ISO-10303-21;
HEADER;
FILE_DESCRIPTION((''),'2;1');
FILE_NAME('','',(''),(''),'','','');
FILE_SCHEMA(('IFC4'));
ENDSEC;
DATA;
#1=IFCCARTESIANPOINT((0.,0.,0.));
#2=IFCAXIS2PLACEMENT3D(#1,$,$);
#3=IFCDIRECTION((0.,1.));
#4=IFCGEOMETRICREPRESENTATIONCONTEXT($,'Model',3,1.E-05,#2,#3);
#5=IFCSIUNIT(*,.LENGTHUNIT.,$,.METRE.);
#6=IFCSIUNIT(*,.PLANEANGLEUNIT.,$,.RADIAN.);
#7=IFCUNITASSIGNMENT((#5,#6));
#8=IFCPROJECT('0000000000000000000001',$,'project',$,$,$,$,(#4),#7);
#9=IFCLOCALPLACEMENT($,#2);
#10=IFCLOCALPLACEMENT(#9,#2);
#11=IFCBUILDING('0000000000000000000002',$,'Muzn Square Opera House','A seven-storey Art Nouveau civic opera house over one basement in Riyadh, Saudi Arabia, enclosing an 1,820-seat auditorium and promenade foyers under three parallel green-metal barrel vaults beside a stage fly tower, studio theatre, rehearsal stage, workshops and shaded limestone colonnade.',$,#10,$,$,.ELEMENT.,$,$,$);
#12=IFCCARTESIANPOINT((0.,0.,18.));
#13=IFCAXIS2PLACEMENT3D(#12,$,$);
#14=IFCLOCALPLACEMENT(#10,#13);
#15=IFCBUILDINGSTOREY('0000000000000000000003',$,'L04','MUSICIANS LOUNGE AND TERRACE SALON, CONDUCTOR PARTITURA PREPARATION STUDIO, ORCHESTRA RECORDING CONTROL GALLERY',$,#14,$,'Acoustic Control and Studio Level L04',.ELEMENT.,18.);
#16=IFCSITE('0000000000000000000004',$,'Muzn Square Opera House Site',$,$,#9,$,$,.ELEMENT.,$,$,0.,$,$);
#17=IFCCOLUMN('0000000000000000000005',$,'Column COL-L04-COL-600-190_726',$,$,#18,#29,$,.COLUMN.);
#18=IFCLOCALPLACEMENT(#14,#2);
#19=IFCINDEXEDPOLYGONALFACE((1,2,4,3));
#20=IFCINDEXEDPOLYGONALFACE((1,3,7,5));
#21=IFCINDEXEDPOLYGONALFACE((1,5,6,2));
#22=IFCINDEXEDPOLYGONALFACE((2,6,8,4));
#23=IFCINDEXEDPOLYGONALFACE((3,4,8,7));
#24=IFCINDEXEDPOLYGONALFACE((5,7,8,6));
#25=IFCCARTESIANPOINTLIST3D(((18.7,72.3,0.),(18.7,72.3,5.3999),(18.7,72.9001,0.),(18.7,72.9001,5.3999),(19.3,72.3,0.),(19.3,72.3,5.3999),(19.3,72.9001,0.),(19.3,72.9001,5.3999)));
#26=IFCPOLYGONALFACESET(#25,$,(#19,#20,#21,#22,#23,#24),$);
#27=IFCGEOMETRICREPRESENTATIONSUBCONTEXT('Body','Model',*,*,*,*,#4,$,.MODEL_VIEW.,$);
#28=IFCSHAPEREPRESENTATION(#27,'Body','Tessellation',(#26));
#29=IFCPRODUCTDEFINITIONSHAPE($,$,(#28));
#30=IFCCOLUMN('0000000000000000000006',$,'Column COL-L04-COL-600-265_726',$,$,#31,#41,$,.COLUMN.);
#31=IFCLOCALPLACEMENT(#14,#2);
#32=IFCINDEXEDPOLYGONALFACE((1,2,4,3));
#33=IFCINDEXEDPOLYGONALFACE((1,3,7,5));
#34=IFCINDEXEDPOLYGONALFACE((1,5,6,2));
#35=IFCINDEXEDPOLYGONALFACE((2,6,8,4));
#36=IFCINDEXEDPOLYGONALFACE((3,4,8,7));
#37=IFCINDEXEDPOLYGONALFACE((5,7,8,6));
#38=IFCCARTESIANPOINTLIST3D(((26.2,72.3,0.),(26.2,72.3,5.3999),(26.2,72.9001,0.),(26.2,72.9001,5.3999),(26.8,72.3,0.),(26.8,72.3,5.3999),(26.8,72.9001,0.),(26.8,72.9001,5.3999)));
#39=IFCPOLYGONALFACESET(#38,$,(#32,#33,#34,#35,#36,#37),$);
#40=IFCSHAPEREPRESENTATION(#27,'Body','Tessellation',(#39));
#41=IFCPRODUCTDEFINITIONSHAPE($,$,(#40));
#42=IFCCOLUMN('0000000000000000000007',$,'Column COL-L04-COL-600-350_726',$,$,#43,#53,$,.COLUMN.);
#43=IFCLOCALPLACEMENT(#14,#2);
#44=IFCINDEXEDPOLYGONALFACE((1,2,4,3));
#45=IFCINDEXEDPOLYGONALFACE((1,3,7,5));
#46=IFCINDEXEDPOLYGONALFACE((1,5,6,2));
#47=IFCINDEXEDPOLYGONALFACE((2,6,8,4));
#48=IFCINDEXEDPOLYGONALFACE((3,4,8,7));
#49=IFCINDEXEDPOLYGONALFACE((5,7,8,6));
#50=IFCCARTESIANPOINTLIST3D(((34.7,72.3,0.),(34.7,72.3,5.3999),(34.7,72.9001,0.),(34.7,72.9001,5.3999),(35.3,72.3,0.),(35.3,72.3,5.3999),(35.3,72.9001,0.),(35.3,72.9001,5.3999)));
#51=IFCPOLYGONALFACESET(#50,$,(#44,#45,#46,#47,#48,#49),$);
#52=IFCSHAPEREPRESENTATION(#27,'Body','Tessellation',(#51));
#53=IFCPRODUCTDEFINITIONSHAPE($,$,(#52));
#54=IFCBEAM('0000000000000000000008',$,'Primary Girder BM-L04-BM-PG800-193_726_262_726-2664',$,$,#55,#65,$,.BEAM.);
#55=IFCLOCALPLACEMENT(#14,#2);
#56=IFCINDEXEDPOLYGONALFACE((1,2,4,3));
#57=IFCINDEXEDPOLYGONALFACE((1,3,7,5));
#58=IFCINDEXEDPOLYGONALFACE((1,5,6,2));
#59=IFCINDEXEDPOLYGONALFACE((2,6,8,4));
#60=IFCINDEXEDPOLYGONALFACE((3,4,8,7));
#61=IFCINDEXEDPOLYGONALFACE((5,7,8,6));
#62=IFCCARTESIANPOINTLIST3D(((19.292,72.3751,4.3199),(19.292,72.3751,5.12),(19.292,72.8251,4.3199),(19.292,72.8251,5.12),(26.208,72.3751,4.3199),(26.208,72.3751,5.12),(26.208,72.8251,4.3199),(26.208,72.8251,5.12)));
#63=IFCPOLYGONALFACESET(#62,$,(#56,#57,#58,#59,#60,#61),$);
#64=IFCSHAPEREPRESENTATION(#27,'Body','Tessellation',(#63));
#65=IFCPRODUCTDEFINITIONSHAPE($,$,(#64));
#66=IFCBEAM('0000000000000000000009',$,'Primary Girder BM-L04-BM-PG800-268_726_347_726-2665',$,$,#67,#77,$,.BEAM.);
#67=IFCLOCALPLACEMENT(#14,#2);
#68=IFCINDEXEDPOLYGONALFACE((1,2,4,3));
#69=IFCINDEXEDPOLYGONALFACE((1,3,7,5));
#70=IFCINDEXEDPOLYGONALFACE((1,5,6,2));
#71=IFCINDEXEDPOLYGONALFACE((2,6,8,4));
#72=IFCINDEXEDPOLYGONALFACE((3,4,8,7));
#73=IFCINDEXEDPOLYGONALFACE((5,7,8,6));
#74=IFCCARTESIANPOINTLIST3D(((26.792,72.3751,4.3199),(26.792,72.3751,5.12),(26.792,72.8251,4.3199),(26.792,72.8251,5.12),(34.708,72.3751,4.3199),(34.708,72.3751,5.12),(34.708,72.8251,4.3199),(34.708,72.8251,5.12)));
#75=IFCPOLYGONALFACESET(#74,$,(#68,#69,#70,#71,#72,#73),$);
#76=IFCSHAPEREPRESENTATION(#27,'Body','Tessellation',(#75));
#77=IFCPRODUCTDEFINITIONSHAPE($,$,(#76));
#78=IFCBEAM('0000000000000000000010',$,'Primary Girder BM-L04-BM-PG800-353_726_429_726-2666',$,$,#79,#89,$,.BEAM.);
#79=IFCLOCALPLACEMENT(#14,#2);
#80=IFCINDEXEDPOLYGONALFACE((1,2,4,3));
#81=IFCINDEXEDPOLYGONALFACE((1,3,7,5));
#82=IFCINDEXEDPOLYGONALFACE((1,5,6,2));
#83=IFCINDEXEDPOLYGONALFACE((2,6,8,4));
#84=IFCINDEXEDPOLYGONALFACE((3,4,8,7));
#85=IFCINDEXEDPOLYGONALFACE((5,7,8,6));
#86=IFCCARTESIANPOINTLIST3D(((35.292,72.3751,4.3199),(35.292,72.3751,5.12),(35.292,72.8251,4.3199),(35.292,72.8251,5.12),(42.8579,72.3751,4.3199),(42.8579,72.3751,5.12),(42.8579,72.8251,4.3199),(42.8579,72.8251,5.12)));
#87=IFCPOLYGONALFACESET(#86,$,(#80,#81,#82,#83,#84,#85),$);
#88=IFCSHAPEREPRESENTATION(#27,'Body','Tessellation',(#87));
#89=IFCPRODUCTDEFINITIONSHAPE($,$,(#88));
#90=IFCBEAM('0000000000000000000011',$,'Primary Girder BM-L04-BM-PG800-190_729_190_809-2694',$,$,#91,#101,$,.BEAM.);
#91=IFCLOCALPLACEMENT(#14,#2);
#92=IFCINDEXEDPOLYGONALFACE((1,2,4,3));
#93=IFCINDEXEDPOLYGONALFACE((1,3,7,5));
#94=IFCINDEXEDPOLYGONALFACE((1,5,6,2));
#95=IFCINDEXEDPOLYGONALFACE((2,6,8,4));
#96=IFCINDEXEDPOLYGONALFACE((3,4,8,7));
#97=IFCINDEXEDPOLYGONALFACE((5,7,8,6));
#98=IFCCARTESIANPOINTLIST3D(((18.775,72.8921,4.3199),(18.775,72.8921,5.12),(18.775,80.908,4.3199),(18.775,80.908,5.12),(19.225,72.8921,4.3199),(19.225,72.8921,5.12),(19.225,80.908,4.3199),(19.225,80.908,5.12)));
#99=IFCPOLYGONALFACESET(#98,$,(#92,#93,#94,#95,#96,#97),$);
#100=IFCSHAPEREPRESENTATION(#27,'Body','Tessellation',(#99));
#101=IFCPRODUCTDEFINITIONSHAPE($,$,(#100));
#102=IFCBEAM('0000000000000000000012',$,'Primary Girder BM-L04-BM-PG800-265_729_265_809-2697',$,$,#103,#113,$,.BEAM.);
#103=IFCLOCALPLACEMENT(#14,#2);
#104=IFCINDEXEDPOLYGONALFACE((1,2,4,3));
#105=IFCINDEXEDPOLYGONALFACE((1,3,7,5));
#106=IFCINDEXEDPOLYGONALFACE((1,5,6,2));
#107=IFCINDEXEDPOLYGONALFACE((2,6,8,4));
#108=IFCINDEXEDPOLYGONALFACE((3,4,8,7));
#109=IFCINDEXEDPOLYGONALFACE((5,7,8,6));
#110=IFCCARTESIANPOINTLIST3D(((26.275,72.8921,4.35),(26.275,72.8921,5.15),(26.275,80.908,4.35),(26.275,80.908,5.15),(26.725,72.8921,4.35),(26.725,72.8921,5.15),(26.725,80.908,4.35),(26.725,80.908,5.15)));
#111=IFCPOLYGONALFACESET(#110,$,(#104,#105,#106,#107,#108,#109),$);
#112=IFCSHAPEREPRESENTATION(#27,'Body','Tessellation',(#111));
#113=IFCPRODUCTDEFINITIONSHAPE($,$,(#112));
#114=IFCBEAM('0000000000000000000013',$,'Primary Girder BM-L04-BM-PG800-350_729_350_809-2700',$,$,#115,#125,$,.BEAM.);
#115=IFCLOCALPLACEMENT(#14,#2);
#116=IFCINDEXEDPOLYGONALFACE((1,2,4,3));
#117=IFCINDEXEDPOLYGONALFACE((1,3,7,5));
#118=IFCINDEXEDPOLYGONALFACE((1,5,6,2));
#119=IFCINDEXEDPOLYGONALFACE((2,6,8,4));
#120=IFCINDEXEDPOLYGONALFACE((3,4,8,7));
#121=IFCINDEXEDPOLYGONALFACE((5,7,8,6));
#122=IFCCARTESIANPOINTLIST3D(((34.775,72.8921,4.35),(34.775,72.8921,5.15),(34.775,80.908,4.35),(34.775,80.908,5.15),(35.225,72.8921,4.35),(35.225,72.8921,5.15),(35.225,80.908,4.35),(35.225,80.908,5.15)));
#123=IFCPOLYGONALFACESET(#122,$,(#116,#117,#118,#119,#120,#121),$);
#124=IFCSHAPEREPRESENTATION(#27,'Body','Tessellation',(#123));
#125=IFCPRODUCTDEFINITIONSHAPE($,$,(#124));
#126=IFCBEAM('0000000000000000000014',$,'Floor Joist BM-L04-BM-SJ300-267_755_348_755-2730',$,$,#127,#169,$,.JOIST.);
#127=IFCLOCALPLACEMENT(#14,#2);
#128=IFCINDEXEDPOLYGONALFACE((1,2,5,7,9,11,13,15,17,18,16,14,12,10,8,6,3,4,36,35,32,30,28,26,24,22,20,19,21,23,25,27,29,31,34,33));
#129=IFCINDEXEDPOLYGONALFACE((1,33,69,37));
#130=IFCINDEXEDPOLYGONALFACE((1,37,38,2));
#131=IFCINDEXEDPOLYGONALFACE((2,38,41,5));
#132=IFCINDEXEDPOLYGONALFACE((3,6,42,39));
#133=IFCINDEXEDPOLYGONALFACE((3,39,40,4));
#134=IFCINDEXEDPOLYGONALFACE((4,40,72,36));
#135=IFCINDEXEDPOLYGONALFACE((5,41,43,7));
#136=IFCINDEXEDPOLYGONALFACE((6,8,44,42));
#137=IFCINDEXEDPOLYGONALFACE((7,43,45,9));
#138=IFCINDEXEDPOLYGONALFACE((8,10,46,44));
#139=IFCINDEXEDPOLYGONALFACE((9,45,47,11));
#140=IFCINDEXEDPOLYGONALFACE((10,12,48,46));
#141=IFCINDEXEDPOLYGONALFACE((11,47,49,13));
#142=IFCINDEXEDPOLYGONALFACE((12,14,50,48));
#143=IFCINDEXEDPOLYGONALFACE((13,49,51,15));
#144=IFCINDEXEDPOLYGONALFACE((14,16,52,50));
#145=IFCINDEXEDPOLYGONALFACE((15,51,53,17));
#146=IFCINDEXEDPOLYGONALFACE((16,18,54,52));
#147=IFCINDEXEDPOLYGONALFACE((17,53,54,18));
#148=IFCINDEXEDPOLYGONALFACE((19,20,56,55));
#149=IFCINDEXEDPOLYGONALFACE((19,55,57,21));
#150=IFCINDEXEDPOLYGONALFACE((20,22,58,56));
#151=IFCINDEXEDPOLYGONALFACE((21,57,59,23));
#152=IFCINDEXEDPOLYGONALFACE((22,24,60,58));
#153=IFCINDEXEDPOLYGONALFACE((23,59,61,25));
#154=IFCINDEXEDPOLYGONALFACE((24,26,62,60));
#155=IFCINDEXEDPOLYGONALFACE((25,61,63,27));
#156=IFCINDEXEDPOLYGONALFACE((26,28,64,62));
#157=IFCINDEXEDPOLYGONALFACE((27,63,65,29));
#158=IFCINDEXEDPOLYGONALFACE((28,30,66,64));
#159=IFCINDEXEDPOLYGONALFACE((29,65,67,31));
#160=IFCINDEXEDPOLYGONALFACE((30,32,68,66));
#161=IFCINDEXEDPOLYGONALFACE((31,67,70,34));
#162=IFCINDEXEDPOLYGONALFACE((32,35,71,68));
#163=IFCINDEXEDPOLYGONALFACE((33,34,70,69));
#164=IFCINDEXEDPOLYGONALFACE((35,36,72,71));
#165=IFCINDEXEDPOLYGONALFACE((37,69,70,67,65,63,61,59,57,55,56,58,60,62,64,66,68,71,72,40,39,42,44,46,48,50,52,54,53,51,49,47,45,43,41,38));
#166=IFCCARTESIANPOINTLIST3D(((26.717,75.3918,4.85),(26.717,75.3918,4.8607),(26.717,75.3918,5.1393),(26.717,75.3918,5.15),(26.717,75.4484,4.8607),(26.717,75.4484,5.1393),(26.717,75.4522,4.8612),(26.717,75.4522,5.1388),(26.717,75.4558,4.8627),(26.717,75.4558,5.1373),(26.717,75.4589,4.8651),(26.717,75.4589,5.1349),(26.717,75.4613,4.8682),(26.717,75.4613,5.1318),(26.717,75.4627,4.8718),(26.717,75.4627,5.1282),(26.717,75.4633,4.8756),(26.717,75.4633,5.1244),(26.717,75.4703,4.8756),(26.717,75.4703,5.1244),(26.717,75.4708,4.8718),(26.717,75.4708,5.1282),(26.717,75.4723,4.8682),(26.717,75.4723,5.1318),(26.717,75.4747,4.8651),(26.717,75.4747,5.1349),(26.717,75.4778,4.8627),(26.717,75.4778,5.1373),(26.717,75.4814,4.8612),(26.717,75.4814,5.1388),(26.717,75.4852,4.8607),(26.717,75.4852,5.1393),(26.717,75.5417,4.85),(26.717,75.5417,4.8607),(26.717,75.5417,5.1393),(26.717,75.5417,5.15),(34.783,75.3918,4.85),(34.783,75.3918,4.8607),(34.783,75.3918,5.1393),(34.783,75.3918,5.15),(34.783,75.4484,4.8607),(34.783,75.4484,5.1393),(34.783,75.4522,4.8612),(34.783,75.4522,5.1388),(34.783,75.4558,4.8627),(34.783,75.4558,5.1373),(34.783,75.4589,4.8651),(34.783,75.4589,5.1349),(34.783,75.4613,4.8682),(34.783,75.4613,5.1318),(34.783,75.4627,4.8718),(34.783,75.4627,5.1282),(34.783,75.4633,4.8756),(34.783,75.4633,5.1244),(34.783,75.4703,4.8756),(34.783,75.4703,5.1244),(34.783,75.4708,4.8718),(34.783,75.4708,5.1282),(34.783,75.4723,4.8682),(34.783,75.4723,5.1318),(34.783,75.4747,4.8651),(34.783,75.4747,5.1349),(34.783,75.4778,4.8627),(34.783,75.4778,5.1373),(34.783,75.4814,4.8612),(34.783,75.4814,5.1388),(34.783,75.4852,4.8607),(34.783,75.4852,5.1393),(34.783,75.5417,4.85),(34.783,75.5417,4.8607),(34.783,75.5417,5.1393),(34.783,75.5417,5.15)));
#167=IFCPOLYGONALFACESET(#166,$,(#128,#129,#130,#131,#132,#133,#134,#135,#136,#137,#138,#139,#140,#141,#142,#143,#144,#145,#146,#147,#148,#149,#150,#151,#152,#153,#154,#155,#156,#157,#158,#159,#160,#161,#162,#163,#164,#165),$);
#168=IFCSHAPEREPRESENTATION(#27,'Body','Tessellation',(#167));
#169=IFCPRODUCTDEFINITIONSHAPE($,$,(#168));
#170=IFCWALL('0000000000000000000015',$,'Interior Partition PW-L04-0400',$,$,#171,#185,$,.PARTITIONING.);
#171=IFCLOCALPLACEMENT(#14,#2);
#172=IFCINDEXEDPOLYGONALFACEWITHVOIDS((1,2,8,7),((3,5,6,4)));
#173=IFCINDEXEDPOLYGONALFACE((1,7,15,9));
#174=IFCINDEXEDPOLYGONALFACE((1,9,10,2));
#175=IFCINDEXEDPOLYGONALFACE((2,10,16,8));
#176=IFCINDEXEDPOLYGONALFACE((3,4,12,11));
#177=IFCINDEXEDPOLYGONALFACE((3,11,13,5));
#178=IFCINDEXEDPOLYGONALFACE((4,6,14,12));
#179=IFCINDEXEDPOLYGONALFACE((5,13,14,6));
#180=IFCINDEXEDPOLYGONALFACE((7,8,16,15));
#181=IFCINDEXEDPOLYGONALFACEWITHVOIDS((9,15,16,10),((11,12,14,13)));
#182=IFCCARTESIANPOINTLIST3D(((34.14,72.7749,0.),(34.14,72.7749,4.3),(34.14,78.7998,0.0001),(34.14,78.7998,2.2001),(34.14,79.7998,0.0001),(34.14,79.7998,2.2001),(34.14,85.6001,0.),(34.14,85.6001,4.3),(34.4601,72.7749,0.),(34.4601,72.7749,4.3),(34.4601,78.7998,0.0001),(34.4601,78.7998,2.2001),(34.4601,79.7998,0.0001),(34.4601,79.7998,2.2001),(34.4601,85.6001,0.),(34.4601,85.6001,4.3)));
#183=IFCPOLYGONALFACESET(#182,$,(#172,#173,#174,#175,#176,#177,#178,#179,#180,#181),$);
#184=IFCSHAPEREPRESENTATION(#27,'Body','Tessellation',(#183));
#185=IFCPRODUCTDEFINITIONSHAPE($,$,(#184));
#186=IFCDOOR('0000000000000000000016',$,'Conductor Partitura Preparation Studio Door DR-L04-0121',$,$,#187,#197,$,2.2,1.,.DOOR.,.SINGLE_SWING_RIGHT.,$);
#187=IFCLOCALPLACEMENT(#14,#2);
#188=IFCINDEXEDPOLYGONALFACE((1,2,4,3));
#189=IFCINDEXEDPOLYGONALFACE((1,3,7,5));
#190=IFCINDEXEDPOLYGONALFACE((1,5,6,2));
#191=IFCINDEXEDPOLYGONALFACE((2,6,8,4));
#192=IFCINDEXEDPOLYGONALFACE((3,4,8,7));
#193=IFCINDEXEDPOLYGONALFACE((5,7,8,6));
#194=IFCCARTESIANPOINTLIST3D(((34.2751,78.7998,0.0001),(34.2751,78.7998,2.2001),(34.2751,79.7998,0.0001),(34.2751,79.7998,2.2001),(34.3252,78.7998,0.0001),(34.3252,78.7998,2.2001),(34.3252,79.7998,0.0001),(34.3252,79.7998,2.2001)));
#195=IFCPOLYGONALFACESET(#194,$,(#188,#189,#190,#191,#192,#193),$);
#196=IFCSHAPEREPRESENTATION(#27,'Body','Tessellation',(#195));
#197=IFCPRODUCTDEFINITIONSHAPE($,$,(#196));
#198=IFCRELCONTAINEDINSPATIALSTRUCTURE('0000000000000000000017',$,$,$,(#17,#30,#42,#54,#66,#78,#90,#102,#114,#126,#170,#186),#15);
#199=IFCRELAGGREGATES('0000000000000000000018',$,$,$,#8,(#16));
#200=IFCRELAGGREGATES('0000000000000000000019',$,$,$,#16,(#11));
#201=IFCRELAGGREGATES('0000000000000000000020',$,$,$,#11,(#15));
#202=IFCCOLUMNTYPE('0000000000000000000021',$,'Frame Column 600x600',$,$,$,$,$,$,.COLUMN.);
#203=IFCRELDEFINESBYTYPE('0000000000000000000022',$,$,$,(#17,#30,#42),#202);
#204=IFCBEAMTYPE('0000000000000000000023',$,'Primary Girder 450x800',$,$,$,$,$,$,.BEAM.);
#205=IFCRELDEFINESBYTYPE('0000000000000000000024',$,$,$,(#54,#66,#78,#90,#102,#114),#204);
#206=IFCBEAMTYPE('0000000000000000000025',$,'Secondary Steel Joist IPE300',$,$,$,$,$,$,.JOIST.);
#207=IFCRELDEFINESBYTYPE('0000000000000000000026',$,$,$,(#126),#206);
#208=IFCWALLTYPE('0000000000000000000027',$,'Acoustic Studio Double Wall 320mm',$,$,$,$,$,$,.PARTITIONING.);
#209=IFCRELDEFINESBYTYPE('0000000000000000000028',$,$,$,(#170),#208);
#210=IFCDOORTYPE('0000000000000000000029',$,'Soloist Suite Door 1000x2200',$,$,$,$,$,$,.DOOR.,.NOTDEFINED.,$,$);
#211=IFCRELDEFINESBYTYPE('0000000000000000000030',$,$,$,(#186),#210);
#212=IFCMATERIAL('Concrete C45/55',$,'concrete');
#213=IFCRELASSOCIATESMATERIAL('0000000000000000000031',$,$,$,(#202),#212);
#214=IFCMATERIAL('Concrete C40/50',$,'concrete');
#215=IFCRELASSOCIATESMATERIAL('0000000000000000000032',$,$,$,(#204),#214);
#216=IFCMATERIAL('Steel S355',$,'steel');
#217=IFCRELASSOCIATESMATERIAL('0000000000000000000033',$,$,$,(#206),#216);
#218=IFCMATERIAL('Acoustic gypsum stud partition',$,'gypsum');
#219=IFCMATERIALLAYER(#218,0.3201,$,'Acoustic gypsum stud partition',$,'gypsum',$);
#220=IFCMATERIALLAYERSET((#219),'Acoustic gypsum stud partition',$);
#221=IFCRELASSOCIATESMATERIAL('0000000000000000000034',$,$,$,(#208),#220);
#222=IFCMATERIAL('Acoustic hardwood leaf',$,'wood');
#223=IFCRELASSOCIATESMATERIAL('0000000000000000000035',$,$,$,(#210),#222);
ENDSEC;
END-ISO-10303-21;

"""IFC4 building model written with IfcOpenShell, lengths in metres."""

from ifc_helpers import new_model, si_unit, direction, frame, frame_2d, origin, origin_2d, place, context, subcontext, project, spatial, rectangle, i_section, extrude, material, layer, layer_set, material_profile, profile_set, type_object, element, fill, save


model = new_model("IFC4")

# Units and contexts
model_context = context("Model", 3, precision=1e-05, world=origin(), true_north=direction((0.0, 1.0)))
body_context = subcontext(model_context, "Body", "Model", "MODEL_VIEW")
ifc_project = project(units=[si_unit("LENGTHUNIT", "METRE"), si_unit("PLANEANGLEUNIT", "RADIAN")], contexts=[model_context])

# Site, building, storey
site_placement = place(None, origin())
site = spatial("IfcSite", under=ifc_project, at=site_placement, Name="Muzn Square Opera House Site", CompositionType="ELEMENT", RefElevation=0.0)
building_placement = place(site_placement, origin())
building = spatial("IfcBuilding", under=site, at=building_placement, Name="Muzn Square Opera House", Description="A seven-storey Art Nouveau civic opera house over one basement in Riyadh, Saudi Arabia, enclosing an 1,820-seat auditorium and promenade foyers under three parallel green-metal barrel vaults beside a stage fly tower, studio theatre, rehearsal stage, workshops and shaded limestone colonnade.", CompositionType="ELEMENT")
storey_placement = place(building_placement, frame((0.0, 0.0, 18.0)))
storey = spatial("IfcBuildingStorey", under=building, at=storey_placement, Name="L04", Description="MUSICIANS LOUNGE AND TERRACE SALON, CONDUCTOR PARTITURA PREPARATION STUDIO, ORCHESTRA RECORDING CONTROL GALLERY", LongName="Acoustic Control and Studio Level L04", CompositionType="ELEMENT", Elevation=18.0)

# Columns
ifc_material_1 = material(Name="Concrete C45/55", Category="concrete")
ifc_material_profile_1 = material_profile(ifc_material_1, rectangle(XDim=0.6001, YDim=0.6001, at=origin_2d()), Name="RC 600x600", Category="concrete")
ifc_profile_set_1 = profile_set([ifc_material_profile_1], Name="Concrete C45/55")
column_type = type_object("IfcColumnType", Name="Frame Column 600x600", PredefinedType="COLUMN", material=ifc_profile_set_1)
for number, where, z_axis, x_axis, name in (
    (1, (19.0, 72.6001, 0.0), (0.0, 0.0, 1.0), (1.0, 0.0, 0.0), "Column COL-L04-COL-600-190_726"),
    (2, (26.5, 72.6001, 0.0), (0.0, 0.0, 1.0), (1.0, 0.0, 0.0), "Column COL-L04-COL-600-265_726"),
    (3, (35.0, 72.6001, 0.0), (0.0, 0.0, 1.0), (1.0, 0.0, 0.0), "Column COL-L04-COL-600-350_726"),
):
    element("IfcColumn", number, at=place(storey_placement, frame(where, z_axis=z_axis, x_axis=x_axis)), inside=storey, type_object=column_type, Name=name, PredefinedType="COLUMN", context=body_context, shape_type="SweptSolid", body=[
        extrude(rectangle(XDim=0.6001, YDim=0.6001, at=origin_2d()), origin(), (0.0, 0.0, 1.0), 5.3999),
    ])

# Beams
ifc_material_2 = material(Name="Concrete C40/50", Category="concrete")
ifc_material_profile_2 = material_profile(ifc_material_2, rectangle(XDim=0.45, YDim=0.8, at=origin_2d()), Name="RCB 450x800", Category="concrete")
ifc_profile_set_2 = profile_set([ifc_material_profile_2], Name="Concrete C40/50")
beam_type_1 = type_object("IfcBeamType", Name="Primary Girder 450x800", PredefinedType="BEAM", material=ifc_profile_set_2)
beam_1_placement = place(storey_placement, frame((19.292, 72.6001, 4.72), z_axis=(1.0, 0.0, 0.0), x_axis=(0.0, 1.0, 0.0)))
element("IfcBeam", 4, at=beam_1_placement, inside=storey, type_object=beam_type_1, Name="Primary Girder BM-L04-BM-PG800-193_726_262_726-2664", PredefinedType="BEAM", context=body_context, shape_type="SweptSolid", body=[
    extrude(rectangle(XDim=0.45, YDim=0.8, at=origin_2d()), origin(), (0.0, 0.0, 1.0), 6.916),
])
beam_2_placement = place(storey_placement, frame((26.792, 72.6001, 4.72), z_axis=(1.0, 0.0, 0.0), x_axis=(0.0, 1.0, 0.0)))
element("IfcBeam", 5, at=beam_2_placement, inside=storey, type_object=beam_type_1, Name="Primary Girder BM-L04-BM-PG800-268_726_347_726-2665", PredefinedType="BEAM", context=body_context, shape_type="SweptSolid", body=[
    extrude(rectangle(XDim=0.45, YDim=0.8, at=origin_2d()), origin(), (0.0, 0.0, 1.0), 7.916),
])
beam_3_placement = place(storey_placement, frame((35.292, 72.6001, 4.72), z_axis=(1.0, 0.0, 0.0), x_axis=(0.0, 1.0, 0.0)))
element("IfcBeam", 6, at=beam_3_placement, inside=storey, type_object=beam_type_1, Name="Primary Girder BM-L04-BM-PG800-353_726_429_726-2666", PredefinedType="BEAM", context=body_context, shape_type="SweptSolid", body=[
    extrude(rectangle(XDim=0.45, YDim=0.8, at=origin_2d()), origin(), (0.0, 0.0, 1.0), 7.5659),
])
for number, where, z_axis, x_axis, name in (
    (7, (19.0, 72.8921, 4.72), (0.0, 1.0, 0.0), (-1.0, 0.0, 0.0), "Primary Girder BM-L04-BM-PG800-190_729_190_809-2694"),
    (8, (26.5, 72.8921, 4.75), (0.0, 1.0, 0.0), (-1.0, 0.0, 0.0), "Primary Girder BM-L04-BM-PG800-265_729_265_809-2697"),
    (9, (35.0, 72.8921, 4.75), (0.0, 1.0, 0.0), (-1.0, 0.0, 0.0), "Primary Girder BM-L04-BM-PG800-350_729_350_809-2700"),
):
    element("IfcBeam", number, at=place(storey_placement, frame(where, z_axis=z_axis, x_axis=x_axis)), inside=storey, type_object=beam_type_1, Name=name, PredefinedType="BEAM", context=body_context, shape_type="SweptSolid", body=[
        extrude(rectangle(XDim=0.45, YDim=0.8, at=origin_2d()), origin(), (0.0, 0.0, 1.0), 8.0159),
    ])
ifc_material_3 = material(Name="Steel S355", Category="steel")
ifc_material_profile_3 = material_profile(ifc_material_3, i_section(OverallWidth=0.1499, OverallDepth=0.3, WebThickness=0.0071, FlangeThickness=0.0107, FilletRadius=0.0149, at=origin_2d()), Name="IPE 300", Category="steel")
ifc_profile_set_3 = profile_set([ifc_material_profile_3], Name="Steel S355")
beam_type_2 = type_object("IfcBeamType", Name="Secondary Steel Joist IPE300", PredefinedType="JOIST", material=ifc_profile_set_3)
beam_4_placement = place(storey_placement, frame((26.717, 75.4668, 5.0), z_axis=(1.0, 0.0, 0.0), x_axis=(0.0, 1.0, 0.0)))
element("IfcBeam", 10, at=beam_4_placement, inside=storey, type_object=beam_type_2, Name="Floor Joist BM-L04-BM-SJ300-267_755_348_755-2730", PredefinedType="JOIST", context=body_context, shape_type="SweptSolid", body=[
    extrude(i_section(OverallWidth=0.1499, OverallDepth=0.3, WebThickness=0.0071, FlangeThickness=0.0107, FilletRadius=0.0149, at=origin_2d()), origin(), (0.0, 0.0, 1.0), 8.0659),
])

# Wall, opening, door
ifc_material_4 = material(Name="Acoustic gypsum stud partition", Category="gypsum")
ifc_layer_1 = layer(ifc_material_4, 0.3201, Name="Acoustic gypsum stud partition", Category="gypsum")
ifc_layer_set_1 = layer_set([ifc_layer_1], Name="Acoustic gypsum stud partition")
wall_type_1 = type_object("IfcWallType", Name="Acoustic Studio Double Wall 320mm", PredefinedType="PARTITIONING", material=ifc_layer_set_1)
wall_1_placement = place(storey_placement, frame((34.3, 72.7749, 0.0), z_axis=(0.0, 0.0, 1.0), x_axis=(0.0, 1.0, 0.0)))
wall_1 = element("IfcWall", 11, at=wall_1_placement, inside=storey, type_object=wall_type_1, Name="Interior Partition PW-L04-0400", PredefinedType="PARTITIONING", context=body_context, shape_type="SweptSolid", body=[
    extrude(rectangle(XDim=12.8252, YDim=0.3201, at=frame_2d((6.4126, 0.0))), origin(), (0.0, 0.0, 1.0), 4.3),
])
opening_1_placement = place(wall_1_placement, frame((6.0249, 0.0, 0.0)))
opening_1 = element("IfcOpeningElement", 12, at=opening_1_placement, cuts=wall_1, PredefinedType="OPENING", context=body_context, shape_type="SweptSolid", body=[
    extrude(rectangle(XDim=1.0, YDim=2.2, at=frame_2d((0.5, 1.1001))), frame((0.0, 0.1699, 0.0), z_axis=(0.0, -1.0, 0.0), x_axis=(1.0, 0.0, 0.0)), (0.0, 0.0, 1.0), 0.3401),
])
ifc_material_5 = material(Name="Acoustic hardwood leaf", Category="wood")
door_type_1 = type_object("IfcDoorType", Name="Soloist Suite Door 1000x2200", OperationType="NOTDEFINED", PredefinedType="DOOR", material=ifc_material_5)
door_1_placement = place(opening_1_placement, origin())
door_1 = element("IfcDoor", 13, at=door_1_placement, inside=storey, type_object=door_type_1, Name="Conductor Partitura Preparation Studio Door DR-L04-0121", OperationType="SINGLE_SWING_RIGHT", OverallHeight=2.2, OverallWidth=1.0, PredefinedType="DOOR", context=body_context, shape_type="SweptSolid", body=[
    extrude(rectangle(XDim=1.0, YDim=2.2, at=frame_2d((0.5, 1.1001))), frame((0.0, 0.0249, 0.0), z_axis=(0.0, -1.0, 0.0), x_axis=(1.0, 0.0, 0.0)), (0.0, 0.0, 1.0), 0.05),
])
fill(opening_1, door_1)

save(model, "model.ifc")
